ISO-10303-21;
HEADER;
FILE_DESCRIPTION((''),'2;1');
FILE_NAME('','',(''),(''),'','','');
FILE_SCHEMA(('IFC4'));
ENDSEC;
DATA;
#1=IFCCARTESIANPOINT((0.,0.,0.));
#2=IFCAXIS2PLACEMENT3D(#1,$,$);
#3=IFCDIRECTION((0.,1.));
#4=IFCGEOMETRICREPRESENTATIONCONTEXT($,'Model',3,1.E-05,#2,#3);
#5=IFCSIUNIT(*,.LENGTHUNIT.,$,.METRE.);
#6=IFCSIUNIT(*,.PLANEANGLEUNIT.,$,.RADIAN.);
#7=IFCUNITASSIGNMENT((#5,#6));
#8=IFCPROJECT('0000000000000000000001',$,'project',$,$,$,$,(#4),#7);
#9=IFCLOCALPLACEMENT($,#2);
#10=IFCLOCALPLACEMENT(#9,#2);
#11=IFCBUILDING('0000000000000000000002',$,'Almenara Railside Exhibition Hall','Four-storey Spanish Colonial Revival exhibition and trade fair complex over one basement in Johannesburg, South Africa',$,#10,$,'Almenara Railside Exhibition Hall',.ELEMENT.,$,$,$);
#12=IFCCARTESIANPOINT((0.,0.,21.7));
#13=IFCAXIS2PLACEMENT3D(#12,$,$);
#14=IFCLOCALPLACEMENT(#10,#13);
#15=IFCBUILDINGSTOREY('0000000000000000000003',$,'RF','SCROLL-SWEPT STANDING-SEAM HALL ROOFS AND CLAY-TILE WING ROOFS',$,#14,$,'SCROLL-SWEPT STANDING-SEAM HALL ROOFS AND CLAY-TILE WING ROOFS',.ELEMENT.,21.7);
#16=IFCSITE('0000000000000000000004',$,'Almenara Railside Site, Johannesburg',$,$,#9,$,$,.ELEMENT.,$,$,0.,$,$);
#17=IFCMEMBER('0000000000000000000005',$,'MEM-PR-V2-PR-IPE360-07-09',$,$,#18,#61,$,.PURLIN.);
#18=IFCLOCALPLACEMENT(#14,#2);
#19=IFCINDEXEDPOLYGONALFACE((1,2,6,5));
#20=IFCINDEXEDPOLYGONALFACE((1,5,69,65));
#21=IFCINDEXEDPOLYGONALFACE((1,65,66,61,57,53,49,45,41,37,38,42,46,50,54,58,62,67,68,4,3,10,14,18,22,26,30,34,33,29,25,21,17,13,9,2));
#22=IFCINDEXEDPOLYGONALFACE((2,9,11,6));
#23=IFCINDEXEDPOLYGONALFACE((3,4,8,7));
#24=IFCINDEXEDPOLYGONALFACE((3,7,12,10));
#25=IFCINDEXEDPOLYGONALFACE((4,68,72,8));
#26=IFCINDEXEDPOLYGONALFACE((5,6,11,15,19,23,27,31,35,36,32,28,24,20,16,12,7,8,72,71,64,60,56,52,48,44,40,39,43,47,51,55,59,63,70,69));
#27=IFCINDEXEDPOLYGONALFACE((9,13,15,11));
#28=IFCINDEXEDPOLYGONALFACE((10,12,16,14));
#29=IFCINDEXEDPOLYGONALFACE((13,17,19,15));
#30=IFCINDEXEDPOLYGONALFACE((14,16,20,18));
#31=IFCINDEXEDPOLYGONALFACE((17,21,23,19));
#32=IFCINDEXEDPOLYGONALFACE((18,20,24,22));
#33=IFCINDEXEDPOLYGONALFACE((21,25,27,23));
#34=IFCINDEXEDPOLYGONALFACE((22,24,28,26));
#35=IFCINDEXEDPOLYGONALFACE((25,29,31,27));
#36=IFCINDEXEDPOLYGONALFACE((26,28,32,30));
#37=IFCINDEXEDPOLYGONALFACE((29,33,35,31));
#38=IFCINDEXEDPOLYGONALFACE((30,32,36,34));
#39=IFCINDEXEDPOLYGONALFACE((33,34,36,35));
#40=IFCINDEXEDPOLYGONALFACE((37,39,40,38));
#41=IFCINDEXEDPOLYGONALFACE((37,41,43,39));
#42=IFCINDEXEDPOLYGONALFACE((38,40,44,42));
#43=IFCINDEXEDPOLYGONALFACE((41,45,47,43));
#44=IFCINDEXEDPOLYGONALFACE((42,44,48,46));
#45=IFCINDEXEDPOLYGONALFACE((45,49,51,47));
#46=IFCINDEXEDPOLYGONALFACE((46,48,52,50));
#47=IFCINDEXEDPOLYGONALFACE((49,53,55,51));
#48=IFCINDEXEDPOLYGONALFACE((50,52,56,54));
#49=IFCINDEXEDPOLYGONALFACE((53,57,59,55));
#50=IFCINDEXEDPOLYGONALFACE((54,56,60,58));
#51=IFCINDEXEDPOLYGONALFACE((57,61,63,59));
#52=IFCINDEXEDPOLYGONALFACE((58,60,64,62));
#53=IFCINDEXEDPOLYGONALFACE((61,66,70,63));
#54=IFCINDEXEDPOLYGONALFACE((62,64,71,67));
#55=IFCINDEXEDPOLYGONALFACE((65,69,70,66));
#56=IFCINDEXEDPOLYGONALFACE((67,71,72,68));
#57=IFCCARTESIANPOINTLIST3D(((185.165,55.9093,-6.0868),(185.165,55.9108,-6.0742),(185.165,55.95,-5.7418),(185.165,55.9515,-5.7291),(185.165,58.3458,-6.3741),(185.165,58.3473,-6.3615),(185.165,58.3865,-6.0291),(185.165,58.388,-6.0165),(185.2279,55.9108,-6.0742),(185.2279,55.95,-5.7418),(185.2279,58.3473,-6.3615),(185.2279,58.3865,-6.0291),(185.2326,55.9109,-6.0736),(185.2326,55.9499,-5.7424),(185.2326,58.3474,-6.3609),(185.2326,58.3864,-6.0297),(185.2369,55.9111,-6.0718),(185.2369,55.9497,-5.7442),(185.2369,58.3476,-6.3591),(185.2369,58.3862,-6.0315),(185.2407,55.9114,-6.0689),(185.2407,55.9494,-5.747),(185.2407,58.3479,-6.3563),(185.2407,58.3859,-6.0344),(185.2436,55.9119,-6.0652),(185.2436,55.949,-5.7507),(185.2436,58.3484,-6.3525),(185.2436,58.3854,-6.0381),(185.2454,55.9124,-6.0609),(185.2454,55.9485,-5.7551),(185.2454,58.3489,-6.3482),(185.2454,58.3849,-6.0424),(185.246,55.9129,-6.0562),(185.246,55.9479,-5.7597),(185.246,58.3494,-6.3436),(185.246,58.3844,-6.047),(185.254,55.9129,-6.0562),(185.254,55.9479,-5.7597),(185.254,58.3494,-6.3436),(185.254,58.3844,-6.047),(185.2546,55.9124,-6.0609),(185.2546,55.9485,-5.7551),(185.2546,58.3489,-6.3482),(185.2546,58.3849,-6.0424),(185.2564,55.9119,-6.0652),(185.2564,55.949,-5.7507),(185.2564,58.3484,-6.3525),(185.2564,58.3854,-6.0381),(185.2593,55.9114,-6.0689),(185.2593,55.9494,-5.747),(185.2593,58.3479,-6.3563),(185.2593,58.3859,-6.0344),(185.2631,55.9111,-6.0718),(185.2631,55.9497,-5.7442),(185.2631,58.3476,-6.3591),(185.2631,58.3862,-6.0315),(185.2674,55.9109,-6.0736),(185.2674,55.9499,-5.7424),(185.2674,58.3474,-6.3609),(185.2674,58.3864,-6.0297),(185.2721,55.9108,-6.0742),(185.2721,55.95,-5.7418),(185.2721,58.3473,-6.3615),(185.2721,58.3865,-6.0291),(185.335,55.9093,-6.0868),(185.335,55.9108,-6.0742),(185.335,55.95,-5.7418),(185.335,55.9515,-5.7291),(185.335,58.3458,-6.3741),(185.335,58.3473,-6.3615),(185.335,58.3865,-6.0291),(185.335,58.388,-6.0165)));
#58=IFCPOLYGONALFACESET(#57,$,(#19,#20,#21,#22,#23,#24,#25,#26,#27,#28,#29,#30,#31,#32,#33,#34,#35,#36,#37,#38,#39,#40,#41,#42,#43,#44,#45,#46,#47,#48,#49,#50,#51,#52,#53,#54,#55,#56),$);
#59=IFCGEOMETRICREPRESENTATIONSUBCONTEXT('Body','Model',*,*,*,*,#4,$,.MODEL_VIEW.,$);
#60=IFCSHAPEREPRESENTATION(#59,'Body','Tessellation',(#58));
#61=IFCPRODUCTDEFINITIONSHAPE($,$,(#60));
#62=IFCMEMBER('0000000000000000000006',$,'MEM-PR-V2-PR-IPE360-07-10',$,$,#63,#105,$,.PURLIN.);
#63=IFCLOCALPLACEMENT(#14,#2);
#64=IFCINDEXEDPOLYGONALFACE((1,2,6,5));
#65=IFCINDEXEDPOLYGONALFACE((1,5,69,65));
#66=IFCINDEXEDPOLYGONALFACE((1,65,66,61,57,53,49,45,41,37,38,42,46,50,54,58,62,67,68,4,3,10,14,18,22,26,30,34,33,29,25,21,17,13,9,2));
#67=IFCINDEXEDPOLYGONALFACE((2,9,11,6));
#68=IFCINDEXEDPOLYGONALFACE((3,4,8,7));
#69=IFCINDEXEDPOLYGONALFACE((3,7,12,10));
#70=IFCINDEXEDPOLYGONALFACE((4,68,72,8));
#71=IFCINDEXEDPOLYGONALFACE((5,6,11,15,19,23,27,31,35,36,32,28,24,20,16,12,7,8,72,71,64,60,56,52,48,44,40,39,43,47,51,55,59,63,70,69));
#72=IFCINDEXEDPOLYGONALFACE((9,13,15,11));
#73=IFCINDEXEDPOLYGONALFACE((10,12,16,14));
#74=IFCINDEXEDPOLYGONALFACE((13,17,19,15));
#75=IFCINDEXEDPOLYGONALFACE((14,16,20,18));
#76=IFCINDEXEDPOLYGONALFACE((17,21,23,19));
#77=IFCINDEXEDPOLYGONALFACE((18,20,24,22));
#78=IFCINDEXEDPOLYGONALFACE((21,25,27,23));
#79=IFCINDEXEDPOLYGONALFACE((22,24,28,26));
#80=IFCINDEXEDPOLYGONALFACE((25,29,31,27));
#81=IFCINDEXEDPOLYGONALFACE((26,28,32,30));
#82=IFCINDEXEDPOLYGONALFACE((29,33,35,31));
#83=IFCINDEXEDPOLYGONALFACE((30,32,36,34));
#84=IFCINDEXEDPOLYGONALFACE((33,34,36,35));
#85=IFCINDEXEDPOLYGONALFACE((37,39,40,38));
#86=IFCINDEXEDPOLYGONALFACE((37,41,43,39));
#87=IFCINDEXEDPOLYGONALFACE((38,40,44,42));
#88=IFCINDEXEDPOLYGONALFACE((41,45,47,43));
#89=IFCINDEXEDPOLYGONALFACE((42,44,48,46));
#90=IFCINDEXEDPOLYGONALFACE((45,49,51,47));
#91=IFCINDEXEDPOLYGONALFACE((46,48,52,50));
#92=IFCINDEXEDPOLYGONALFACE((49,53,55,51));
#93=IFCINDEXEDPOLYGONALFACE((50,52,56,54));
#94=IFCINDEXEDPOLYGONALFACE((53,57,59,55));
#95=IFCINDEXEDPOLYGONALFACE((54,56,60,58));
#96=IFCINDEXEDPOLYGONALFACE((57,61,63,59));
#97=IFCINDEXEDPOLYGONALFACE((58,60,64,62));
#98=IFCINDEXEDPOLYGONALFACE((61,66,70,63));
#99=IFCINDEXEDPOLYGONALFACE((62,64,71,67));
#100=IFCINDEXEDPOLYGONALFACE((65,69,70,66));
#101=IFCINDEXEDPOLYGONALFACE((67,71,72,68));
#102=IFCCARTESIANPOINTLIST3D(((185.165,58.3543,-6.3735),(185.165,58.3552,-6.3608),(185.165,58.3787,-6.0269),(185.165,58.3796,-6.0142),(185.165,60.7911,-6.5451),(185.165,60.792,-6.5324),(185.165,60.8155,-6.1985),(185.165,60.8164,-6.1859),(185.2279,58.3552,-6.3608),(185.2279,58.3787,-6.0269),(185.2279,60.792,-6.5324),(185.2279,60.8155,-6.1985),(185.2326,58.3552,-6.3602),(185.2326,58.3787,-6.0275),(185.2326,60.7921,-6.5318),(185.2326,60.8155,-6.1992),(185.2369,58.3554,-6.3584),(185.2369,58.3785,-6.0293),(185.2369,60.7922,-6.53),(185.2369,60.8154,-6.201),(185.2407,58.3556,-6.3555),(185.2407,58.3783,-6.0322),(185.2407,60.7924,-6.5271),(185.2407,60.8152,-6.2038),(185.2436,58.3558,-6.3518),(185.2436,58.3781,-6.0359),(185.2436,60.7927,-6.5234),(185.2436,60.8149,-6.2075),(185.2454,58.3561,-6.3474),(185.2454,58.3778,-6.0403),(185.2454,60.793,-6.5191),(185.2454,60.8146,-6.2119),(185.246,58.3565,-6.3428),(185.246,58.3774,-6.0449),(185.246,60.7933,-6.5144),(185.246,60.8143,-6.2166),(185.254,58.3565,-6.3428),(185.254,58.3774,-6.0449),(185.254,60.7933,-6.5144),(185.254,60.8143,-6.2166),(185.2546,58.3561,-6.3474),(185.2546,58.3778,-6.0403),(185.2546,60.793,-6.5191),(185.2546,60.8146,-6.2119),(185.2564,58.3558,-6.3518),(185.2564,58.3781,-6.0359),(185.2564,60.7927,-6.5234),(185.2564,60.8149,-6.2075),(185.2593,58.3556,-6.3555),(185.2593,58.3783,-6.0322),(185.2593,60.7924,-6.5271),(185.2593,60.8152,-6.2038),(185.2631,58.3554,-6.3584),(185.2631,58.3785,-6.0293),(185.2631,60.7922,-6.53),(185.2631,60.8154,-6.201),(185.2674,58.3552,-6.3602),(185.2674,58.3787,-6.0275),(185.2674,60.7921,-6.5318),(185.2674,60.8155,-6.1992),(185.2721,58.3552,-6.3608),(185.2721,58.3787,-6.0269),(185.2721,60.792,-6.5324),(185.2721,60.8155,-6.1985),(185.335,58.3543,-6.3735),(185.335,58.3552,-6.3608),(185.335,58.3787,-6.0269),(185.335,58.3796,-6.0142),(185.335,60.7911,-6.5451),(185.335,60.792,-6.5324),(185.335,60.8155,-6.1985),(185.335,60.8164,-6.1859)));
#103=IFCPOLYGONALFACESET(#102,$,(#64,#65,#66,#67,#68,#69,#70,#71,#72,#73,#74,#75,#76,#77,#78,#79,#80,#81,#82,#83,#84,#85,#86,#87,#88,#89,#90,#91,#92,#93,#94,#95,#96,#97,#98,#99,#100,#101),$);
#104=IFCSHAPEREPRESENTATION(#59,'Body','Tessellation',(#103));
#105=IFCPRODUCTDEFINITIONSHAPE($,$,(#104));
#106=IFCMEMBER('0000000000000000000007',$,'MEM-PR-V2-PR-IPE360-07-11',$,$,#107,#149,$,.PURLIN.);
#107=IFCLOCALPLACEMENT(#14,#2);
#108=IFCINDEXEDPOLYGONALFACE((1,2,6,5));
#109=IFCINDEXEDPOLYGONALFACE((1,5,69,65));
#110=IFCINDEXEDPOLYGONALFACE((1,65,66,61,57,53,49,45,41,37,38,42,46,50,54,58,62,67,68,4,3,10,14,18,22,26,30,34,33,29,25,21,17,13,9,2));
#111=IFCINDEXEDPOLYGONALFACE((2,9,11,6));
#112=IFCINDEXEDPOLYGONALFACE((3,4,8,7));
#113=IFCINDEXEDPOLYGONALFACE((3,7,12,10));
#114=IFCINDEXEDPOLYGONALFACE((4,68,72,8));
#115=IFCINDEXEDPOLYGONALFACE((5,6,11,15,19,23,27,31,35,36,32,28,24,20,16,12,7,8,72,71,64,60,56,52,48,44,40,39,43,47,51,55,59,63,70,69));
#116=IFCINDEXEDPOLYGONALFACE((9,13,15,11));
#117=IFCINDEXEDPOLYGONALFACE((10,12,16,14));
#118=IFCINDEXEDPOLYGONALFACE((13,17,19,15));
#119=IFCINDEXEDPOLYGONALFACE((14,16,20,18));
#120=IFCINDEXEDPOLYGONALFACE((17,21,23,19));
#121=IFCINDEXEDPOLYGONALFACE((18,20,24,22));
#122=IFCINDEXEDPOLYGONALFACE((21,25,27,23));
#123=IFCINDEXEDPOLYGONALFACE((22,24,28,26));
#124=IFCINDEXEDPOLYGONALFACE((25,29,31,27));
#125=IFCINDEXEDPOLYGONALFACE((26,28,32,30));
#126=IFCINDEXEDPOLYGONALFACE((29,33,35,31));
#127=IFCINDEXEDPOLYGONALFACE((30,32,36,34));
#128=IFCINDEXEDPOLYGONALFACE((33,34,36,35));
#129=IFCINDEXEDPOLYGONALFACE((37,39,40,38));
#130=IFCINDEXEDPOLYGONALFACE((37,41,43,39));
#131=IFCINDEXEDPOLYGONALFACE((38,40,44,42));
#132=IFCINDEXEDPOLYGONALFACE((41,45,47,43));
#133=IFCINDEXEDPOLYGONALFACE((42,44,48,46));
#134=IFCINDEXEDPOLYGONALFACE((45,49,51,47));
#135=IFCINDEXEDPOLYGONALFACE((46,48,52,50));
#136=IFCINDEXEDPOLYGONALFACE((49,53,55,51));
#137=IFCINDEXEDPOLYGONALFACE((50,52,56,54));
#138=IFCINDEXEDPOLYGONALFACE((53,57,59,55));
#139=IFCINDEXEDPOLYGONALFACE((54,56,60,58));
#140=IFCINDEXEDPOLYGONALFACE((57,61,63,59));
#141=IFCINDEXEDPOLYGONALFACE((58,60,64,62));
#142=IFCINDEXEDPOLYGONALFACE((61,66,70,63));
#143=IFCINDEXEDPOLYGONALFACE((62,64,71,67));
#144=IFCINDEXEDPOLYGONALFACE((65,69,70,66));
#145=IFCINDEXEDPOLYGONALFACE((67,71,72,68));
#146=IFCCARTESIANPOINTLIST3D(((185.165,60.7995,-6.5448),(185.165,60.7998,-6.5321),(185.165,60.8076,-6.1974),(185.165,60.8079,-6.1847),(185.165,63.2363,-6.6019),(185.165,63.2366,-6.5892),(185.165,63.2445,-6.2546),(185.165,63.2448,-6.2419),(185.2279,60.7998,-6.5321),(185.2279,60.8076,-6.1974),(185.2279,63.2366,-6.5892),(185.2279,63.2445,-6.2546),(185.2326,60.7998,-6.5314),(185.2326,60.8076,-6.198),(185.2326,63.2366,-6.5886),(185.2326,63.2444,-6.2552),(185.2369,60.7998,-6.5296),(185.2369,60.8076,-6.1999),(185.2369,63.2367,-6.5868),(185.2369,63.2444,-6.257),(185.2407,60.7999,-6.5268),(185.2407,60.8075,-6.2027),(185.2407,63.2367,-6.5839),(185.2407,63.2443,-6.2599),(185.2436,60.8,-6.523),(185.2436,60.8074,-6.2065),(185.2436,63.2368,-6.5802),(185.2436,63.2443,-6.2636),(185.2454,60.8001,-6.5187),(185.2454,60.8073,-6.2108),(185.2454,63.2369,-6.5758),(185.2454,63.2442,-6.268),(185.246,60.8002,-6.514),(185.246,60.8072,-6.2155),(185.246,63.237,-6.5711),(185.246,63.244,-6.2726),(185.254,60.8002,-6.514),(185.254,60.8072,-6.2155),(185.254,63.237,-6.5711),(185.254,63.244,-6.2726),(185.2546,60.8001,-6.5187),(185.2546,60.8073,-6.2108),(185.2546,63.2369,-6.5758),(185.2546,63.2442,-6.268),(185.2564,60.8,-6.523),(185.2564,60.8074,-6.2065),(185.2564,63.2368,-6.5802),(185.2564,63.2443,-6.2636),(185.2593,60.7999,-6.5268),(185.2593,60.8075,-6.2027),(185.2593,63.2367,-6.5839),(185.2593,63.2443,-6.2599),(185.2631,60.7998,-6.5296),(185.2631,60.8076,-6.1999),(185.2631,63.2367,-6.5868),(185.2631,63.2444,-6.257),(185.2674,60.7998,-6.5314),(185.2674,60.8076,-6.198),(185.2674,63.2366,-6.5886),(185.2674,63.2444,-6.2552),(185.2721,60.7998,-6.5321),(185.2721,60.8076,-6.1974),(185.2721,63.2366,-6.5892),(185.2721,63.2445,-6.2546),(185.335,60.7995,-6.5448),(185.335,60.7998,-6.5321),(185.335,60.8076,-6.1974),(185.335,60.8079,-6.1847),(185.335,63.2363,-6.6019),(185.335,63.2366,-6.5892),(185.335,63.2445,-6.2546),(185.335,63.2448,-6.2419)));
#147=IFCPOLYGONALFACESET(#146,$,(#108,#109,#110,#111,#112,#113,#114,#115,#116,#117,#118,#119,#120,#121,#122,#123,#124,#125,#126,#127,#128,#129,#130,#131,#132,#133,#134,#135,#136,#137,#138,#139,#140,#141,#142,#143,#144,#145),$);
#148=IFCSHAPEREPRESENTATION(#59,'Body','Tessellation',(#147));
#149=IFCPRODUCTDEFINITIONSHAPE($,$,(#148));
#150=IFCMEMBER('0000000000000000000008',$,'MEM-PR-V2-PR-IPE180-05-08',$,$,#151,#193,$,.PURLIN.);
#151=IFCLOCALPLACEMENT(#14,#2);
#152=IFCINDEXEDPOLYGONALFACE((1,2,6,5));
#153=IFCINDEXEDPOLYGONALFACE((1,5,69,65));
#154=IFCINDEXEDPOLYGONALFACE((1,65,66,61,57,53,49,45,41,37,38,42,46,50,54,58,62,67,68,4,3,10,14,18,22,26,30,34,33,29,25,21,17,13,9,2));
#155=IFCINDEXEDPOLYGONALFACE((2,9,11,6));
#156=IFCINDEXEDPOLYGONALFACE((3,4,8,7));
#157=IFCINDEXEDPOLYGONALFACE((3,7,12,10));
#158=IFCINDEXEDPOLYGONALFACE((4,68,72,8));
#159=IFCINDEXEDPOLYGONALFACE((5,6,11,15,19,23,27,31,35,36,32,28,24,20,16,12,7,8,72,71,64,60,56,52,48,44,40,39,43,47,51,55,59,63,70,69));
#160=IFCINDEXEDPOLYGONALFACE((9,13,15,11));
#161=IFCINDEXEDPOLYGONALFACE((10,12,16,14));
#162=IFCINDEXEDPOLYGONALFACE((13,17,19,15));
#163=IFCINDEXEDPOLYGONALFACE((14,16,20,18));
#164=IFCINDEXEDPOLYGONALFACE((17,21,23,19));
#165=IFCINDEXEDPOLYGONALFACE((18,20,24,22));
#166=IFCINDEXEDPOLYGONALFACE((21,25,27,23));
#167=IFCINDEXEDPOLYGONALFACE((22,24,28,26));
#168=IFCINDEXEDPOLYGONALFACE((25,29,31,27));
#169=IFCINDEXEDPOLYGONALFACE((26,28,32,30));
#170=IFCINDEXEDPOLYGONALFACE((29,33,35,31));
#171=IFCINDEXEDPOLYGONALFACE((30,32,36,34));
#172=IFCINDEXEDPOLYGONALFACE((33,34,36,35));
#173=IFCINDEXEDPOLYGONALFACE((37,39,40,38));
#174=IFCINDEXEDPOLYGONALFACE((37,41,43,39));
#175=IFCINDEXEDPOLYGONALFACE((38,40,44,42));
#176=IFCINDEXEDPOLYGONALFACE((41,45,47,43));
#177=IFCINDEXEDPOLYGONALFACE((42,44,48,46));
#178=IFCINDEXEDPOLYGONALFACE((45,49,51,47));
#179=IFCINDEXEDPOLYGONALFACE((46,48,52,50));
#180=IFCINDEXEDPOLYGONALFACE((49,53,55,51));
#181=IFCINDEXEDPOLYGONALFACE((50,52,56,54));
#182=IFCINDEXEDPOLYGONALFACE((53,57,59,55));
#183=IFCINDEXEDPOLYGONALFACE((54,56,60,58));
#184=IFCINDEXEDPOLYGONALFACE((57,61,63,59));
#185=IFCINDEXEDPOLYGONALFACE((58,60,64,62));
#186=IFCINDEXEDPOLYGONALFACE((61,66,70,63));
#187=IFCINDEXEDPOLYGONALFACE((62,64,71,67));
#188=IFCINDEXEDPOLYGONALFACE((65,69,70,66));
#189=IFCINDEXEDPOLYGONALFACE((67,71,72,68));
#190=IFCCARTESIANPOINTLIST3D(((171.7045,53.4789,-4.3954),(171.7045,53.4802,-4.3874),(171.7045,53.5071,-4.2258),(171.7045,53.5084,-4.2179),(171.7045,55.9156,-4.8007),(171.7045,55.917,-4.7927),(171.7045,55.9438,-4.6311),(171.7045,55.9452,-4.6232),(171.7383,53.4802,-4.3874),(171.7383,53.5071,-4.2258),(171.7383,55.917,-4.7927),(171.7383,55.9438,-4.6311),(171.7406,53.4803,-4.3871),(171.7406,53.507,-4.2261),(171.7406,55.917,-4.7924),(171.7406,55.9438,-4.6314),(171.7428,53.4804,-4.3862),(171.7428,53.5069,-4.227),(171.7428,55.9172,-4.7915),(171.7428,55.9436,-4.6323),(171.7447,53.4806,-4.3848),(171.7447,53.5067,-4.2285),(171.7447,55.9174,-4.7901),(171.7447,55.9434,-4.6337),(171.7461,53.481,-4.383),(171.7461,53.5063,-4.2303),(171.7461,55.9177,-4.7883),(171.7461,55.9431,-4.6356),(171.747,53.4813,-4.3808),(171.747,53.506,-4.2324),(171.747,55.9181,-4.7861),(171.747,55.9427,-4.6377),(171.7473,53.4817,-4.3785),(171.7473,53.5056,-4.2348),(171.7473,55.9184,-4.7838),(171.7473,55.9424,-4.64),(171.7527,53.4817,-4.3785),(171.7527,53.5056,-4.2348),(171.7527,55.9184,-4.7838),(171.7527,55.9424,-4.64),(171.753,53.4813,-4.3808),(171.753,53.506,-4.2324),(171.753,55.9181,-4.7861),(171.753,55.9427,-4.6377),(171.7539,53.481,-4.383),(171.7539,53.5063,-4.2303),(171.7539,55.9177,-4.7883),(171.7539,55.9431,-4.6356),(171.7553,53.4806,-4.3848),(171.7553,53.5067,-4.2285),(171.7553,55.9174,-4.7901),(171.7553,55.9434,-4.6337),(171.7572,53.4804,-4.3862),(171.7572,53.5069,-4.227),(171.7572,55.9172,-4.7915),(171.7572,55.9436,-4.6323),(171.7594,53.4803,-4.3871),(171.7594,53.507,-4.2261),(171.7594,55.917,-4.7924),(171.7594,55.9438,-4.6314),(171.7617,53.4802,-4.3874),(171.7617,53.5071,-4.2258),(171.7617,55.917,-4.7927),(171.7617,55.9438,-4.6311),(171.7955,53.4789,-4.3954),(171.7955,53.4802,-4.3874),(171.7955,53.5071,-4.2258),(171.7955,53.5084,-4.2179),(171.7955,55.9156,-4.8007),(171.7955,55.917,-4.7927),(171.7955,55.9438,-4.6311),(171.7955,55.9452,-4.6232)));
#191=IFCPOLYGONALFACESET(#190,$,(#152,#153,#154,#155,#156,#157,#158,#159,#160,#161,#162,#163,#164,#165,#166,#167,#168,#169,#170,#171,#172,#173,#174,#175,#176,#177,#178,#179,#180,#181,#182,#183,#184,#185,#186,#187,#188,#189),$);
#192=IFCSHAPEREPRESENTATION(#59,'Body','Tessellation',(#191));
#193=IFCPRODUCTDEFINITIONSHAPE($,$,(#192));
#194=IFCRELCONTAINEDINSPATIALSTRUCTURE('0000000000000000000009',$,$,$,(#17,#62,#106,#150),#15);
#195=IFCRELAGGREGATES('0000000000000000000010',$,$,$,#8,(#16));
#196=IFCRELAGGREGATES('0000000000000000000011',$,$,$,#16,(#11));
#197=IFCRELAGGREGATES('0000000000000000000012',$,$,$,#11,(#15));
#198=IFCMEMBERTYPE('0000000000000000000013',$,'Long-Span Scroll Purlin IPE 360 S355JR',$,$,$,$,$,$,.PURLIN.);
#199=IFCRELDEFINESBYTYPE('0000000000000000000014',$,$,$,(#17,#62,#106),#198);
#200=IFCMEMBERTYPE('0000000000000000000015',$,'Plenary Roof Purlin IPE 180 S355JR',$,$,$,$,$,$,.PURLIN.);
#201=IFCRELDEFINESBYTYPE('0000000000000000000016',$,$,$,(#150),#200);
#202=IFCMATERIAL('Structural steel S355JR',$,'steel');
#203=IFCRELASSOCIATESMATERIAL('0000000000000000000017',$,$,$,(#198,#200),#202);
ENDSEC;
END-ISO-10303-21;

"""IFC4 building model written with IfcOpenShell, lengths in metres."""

from ifc_helpers import new_model, si_unit, direction, frame, origin, origin_2d, place, context, subcontext, project, spatial, i_section, extrude, material, material_profile, profile_set, type_object, element, save


model = new_model("IFC4")

# Units and contexts
model_context = context("Model", 3, precision=1e-05, world=origin(), true_north=direction((0.0, 1.0)))
body_context = subcontext(model_context, "Body", "Model", "MODEL_VIEW")
ifc_project = project(units=[si_unit("LENGTHUNIT", "METRE"), si_unit("PLANEANGLEUNIT", "RADIAN")], contexts=[model_context])

# Site, building, storey
site_placement = place(None, origin())
site = spatial("IfcSite", under=ifc_project, at=site_placement, Name="Almenara Railside Site, Johannesburg", CompositionType="ELEMENT", RefElevation=0.0)
building_placement = place(site_placement, origin())
building = spatial("IfcBuilding", under=site, at=building_placement, Name="Almenara Railside Exhibition Hall", Description="Four-storey Spanish Colonial Revival exhibition and trade fair complex over one basement in Johannesburg, South Africa", LongName="Almenara Railside Exhibition Hall", CompositionType="ELEMENT")
storey_placement = place(building_placement, frame((0.0, 0.0, 21.7)))
storey = spatial("IfcBuildingStorey", under=building, at=storey_placement, Name="RF", Description="SCROLL-SWEPT STANDING-SEAM HALL ROOFS AND CLAY-TILE WING ROOFS", LongName="SCROLL-SWEPT STANDING-SEAM HALL ROOFS AND CLAY-TILE WING ROOFS", CompositionType="ELEMENT", Elevation=21.7)

# Members
ifc_material_1 = material(Name="Structural steel S355JR", Category="steel")
ifc_material_profile_1 = material_profile(ifc_material_1, i_section(OverallWidth=0.1699, OverallDepth=0.3601, WebThickness=0.0081, FlangeThickness=0.0127, FilletRadius=0.0181, at=origin_2d()), Name="IPE 360")
ifc_profile_set_1 = profile_set([ifc_material_profile_1], Name="Structural steel S355JR")
member_type_1 = type_object("IfcMemberType", Name="Long-Span Scroll Purlin IPE 360 S355JR", PredefinedType="PURLIN", material=ifc_profile_set_1)
member_1_placement = place(storey_placement, frame((185.25, 55.9304, -5.908), z_axis=(0.0, 0.993117, -0.117124), x_axis=(-1.0, 0.0, 0.0)))
element("IfcMember", 1, at=member_1_placement, inside=storey, type_object=member_type_1, Name="MEM-PR-V2-PR-IPE360-07-09", PredefinedType="PURLIN", context=body_context, shape_type="SweptSolid", body=[
    extrude(i_section(OverallWidth=0.1699, OverallDepth=0.3601, WebThickness=0.0081, FlangeThickness=0.0127, FilletRadius=0.0181, at=origin_2d()), origin(), (0.0, 0.0, 1.0), 2.4534),
])
member_2_placement = place(storey_placement, frame((185.25, 58.3669, -6.1938), z_axis=(0.0, 0.997529, -0.07026), x_axis=(-1.0, 0.0, 0.0)))
element("IfcMember", 2, at=member_2_placement, inside=storey, type_object=member_type_1, Name="MEM-PR-V2-PR-IPE360-07-10", PredefinedType="PURLIN", context=body_context, shape_type="SweptSolid", body=[
    extrude(i_section(OverallWidth=0.1699, OverallDepth=0.3601, WebThickness=0.0081, FlangeThickness=0.0127, FilletRadius=0.0181, at=origin_2d()), origin(), (0.0, 0.0, 1.0), 2.4429),
])
member_3_placement = place(storey_placement, frame((185.25, 60.8037, -6.3647), z_axis=(0.0, 0.999725, -0.023438), x_axis=(-1.0, 0.0, 0.0)))
element("IfcMember", 3, at=member_3_placement, inside=storey, type_object=member_type_1, Name="MEM-PR-V2-PR-IPE360-07-11", PredefinedType="PURLIN", context=body_context, shape_type="SweptSolid", body=[
    extrude(i_section(OverallWidth=0.1699, OverallDepth=0.3601, WebThickness=0.0081, FlangeThickness=0.0127, FilletRadius=0.0181, at=origin_2d()), origin(), (0.0, 0.0, 1.0), 2.4375),
])
ifc_material_profile_2 = material_profile(ifc_material_1, i_section(OverallWidth=0.0911, OverallDepth=0.1799, WebThickness=0.0054, FlangeThickness=0.0081, FilletRadius=0.009, at=origin_2d()), Name="IPE 180")
ifc_profile_set_2 = profile_set([ifc_material_profile_2], Name="Structural steel S355JR")
member_type_2 = type_object("IfcMemberType", Name="Plenary Roof Purlin IPE 180 S355JR", PredefinedType="PURLIN", material=ifc_profile_set_2)
member_4_placement = place(storey_placement, frame((171.75, 53.4937, -4.3066), z_axis=(0.0, 0.98645, -0.164062), x_axis=(-1.0, 0.0, 0.0)))
element("IfcMember", 4, at=member_4_placement, inside=storey, type_object=member_type_2, Name="MEM-PR-V2-PR-IPE180-05-08", PredefinedType="PURLIN", context=body_context, shape_type="SweptSolid", body=[
    extrude(i_section(OverallWidth=0.0911, OverallDepth=0.1799, WebThickness=0.0054, FlangeThickness=0.0081, FilletRadius=0.009, at=origin_2d()), origin(), (0.0, 0.0, 1.0), 2.4702),
])

save(model, "model.ifc")
